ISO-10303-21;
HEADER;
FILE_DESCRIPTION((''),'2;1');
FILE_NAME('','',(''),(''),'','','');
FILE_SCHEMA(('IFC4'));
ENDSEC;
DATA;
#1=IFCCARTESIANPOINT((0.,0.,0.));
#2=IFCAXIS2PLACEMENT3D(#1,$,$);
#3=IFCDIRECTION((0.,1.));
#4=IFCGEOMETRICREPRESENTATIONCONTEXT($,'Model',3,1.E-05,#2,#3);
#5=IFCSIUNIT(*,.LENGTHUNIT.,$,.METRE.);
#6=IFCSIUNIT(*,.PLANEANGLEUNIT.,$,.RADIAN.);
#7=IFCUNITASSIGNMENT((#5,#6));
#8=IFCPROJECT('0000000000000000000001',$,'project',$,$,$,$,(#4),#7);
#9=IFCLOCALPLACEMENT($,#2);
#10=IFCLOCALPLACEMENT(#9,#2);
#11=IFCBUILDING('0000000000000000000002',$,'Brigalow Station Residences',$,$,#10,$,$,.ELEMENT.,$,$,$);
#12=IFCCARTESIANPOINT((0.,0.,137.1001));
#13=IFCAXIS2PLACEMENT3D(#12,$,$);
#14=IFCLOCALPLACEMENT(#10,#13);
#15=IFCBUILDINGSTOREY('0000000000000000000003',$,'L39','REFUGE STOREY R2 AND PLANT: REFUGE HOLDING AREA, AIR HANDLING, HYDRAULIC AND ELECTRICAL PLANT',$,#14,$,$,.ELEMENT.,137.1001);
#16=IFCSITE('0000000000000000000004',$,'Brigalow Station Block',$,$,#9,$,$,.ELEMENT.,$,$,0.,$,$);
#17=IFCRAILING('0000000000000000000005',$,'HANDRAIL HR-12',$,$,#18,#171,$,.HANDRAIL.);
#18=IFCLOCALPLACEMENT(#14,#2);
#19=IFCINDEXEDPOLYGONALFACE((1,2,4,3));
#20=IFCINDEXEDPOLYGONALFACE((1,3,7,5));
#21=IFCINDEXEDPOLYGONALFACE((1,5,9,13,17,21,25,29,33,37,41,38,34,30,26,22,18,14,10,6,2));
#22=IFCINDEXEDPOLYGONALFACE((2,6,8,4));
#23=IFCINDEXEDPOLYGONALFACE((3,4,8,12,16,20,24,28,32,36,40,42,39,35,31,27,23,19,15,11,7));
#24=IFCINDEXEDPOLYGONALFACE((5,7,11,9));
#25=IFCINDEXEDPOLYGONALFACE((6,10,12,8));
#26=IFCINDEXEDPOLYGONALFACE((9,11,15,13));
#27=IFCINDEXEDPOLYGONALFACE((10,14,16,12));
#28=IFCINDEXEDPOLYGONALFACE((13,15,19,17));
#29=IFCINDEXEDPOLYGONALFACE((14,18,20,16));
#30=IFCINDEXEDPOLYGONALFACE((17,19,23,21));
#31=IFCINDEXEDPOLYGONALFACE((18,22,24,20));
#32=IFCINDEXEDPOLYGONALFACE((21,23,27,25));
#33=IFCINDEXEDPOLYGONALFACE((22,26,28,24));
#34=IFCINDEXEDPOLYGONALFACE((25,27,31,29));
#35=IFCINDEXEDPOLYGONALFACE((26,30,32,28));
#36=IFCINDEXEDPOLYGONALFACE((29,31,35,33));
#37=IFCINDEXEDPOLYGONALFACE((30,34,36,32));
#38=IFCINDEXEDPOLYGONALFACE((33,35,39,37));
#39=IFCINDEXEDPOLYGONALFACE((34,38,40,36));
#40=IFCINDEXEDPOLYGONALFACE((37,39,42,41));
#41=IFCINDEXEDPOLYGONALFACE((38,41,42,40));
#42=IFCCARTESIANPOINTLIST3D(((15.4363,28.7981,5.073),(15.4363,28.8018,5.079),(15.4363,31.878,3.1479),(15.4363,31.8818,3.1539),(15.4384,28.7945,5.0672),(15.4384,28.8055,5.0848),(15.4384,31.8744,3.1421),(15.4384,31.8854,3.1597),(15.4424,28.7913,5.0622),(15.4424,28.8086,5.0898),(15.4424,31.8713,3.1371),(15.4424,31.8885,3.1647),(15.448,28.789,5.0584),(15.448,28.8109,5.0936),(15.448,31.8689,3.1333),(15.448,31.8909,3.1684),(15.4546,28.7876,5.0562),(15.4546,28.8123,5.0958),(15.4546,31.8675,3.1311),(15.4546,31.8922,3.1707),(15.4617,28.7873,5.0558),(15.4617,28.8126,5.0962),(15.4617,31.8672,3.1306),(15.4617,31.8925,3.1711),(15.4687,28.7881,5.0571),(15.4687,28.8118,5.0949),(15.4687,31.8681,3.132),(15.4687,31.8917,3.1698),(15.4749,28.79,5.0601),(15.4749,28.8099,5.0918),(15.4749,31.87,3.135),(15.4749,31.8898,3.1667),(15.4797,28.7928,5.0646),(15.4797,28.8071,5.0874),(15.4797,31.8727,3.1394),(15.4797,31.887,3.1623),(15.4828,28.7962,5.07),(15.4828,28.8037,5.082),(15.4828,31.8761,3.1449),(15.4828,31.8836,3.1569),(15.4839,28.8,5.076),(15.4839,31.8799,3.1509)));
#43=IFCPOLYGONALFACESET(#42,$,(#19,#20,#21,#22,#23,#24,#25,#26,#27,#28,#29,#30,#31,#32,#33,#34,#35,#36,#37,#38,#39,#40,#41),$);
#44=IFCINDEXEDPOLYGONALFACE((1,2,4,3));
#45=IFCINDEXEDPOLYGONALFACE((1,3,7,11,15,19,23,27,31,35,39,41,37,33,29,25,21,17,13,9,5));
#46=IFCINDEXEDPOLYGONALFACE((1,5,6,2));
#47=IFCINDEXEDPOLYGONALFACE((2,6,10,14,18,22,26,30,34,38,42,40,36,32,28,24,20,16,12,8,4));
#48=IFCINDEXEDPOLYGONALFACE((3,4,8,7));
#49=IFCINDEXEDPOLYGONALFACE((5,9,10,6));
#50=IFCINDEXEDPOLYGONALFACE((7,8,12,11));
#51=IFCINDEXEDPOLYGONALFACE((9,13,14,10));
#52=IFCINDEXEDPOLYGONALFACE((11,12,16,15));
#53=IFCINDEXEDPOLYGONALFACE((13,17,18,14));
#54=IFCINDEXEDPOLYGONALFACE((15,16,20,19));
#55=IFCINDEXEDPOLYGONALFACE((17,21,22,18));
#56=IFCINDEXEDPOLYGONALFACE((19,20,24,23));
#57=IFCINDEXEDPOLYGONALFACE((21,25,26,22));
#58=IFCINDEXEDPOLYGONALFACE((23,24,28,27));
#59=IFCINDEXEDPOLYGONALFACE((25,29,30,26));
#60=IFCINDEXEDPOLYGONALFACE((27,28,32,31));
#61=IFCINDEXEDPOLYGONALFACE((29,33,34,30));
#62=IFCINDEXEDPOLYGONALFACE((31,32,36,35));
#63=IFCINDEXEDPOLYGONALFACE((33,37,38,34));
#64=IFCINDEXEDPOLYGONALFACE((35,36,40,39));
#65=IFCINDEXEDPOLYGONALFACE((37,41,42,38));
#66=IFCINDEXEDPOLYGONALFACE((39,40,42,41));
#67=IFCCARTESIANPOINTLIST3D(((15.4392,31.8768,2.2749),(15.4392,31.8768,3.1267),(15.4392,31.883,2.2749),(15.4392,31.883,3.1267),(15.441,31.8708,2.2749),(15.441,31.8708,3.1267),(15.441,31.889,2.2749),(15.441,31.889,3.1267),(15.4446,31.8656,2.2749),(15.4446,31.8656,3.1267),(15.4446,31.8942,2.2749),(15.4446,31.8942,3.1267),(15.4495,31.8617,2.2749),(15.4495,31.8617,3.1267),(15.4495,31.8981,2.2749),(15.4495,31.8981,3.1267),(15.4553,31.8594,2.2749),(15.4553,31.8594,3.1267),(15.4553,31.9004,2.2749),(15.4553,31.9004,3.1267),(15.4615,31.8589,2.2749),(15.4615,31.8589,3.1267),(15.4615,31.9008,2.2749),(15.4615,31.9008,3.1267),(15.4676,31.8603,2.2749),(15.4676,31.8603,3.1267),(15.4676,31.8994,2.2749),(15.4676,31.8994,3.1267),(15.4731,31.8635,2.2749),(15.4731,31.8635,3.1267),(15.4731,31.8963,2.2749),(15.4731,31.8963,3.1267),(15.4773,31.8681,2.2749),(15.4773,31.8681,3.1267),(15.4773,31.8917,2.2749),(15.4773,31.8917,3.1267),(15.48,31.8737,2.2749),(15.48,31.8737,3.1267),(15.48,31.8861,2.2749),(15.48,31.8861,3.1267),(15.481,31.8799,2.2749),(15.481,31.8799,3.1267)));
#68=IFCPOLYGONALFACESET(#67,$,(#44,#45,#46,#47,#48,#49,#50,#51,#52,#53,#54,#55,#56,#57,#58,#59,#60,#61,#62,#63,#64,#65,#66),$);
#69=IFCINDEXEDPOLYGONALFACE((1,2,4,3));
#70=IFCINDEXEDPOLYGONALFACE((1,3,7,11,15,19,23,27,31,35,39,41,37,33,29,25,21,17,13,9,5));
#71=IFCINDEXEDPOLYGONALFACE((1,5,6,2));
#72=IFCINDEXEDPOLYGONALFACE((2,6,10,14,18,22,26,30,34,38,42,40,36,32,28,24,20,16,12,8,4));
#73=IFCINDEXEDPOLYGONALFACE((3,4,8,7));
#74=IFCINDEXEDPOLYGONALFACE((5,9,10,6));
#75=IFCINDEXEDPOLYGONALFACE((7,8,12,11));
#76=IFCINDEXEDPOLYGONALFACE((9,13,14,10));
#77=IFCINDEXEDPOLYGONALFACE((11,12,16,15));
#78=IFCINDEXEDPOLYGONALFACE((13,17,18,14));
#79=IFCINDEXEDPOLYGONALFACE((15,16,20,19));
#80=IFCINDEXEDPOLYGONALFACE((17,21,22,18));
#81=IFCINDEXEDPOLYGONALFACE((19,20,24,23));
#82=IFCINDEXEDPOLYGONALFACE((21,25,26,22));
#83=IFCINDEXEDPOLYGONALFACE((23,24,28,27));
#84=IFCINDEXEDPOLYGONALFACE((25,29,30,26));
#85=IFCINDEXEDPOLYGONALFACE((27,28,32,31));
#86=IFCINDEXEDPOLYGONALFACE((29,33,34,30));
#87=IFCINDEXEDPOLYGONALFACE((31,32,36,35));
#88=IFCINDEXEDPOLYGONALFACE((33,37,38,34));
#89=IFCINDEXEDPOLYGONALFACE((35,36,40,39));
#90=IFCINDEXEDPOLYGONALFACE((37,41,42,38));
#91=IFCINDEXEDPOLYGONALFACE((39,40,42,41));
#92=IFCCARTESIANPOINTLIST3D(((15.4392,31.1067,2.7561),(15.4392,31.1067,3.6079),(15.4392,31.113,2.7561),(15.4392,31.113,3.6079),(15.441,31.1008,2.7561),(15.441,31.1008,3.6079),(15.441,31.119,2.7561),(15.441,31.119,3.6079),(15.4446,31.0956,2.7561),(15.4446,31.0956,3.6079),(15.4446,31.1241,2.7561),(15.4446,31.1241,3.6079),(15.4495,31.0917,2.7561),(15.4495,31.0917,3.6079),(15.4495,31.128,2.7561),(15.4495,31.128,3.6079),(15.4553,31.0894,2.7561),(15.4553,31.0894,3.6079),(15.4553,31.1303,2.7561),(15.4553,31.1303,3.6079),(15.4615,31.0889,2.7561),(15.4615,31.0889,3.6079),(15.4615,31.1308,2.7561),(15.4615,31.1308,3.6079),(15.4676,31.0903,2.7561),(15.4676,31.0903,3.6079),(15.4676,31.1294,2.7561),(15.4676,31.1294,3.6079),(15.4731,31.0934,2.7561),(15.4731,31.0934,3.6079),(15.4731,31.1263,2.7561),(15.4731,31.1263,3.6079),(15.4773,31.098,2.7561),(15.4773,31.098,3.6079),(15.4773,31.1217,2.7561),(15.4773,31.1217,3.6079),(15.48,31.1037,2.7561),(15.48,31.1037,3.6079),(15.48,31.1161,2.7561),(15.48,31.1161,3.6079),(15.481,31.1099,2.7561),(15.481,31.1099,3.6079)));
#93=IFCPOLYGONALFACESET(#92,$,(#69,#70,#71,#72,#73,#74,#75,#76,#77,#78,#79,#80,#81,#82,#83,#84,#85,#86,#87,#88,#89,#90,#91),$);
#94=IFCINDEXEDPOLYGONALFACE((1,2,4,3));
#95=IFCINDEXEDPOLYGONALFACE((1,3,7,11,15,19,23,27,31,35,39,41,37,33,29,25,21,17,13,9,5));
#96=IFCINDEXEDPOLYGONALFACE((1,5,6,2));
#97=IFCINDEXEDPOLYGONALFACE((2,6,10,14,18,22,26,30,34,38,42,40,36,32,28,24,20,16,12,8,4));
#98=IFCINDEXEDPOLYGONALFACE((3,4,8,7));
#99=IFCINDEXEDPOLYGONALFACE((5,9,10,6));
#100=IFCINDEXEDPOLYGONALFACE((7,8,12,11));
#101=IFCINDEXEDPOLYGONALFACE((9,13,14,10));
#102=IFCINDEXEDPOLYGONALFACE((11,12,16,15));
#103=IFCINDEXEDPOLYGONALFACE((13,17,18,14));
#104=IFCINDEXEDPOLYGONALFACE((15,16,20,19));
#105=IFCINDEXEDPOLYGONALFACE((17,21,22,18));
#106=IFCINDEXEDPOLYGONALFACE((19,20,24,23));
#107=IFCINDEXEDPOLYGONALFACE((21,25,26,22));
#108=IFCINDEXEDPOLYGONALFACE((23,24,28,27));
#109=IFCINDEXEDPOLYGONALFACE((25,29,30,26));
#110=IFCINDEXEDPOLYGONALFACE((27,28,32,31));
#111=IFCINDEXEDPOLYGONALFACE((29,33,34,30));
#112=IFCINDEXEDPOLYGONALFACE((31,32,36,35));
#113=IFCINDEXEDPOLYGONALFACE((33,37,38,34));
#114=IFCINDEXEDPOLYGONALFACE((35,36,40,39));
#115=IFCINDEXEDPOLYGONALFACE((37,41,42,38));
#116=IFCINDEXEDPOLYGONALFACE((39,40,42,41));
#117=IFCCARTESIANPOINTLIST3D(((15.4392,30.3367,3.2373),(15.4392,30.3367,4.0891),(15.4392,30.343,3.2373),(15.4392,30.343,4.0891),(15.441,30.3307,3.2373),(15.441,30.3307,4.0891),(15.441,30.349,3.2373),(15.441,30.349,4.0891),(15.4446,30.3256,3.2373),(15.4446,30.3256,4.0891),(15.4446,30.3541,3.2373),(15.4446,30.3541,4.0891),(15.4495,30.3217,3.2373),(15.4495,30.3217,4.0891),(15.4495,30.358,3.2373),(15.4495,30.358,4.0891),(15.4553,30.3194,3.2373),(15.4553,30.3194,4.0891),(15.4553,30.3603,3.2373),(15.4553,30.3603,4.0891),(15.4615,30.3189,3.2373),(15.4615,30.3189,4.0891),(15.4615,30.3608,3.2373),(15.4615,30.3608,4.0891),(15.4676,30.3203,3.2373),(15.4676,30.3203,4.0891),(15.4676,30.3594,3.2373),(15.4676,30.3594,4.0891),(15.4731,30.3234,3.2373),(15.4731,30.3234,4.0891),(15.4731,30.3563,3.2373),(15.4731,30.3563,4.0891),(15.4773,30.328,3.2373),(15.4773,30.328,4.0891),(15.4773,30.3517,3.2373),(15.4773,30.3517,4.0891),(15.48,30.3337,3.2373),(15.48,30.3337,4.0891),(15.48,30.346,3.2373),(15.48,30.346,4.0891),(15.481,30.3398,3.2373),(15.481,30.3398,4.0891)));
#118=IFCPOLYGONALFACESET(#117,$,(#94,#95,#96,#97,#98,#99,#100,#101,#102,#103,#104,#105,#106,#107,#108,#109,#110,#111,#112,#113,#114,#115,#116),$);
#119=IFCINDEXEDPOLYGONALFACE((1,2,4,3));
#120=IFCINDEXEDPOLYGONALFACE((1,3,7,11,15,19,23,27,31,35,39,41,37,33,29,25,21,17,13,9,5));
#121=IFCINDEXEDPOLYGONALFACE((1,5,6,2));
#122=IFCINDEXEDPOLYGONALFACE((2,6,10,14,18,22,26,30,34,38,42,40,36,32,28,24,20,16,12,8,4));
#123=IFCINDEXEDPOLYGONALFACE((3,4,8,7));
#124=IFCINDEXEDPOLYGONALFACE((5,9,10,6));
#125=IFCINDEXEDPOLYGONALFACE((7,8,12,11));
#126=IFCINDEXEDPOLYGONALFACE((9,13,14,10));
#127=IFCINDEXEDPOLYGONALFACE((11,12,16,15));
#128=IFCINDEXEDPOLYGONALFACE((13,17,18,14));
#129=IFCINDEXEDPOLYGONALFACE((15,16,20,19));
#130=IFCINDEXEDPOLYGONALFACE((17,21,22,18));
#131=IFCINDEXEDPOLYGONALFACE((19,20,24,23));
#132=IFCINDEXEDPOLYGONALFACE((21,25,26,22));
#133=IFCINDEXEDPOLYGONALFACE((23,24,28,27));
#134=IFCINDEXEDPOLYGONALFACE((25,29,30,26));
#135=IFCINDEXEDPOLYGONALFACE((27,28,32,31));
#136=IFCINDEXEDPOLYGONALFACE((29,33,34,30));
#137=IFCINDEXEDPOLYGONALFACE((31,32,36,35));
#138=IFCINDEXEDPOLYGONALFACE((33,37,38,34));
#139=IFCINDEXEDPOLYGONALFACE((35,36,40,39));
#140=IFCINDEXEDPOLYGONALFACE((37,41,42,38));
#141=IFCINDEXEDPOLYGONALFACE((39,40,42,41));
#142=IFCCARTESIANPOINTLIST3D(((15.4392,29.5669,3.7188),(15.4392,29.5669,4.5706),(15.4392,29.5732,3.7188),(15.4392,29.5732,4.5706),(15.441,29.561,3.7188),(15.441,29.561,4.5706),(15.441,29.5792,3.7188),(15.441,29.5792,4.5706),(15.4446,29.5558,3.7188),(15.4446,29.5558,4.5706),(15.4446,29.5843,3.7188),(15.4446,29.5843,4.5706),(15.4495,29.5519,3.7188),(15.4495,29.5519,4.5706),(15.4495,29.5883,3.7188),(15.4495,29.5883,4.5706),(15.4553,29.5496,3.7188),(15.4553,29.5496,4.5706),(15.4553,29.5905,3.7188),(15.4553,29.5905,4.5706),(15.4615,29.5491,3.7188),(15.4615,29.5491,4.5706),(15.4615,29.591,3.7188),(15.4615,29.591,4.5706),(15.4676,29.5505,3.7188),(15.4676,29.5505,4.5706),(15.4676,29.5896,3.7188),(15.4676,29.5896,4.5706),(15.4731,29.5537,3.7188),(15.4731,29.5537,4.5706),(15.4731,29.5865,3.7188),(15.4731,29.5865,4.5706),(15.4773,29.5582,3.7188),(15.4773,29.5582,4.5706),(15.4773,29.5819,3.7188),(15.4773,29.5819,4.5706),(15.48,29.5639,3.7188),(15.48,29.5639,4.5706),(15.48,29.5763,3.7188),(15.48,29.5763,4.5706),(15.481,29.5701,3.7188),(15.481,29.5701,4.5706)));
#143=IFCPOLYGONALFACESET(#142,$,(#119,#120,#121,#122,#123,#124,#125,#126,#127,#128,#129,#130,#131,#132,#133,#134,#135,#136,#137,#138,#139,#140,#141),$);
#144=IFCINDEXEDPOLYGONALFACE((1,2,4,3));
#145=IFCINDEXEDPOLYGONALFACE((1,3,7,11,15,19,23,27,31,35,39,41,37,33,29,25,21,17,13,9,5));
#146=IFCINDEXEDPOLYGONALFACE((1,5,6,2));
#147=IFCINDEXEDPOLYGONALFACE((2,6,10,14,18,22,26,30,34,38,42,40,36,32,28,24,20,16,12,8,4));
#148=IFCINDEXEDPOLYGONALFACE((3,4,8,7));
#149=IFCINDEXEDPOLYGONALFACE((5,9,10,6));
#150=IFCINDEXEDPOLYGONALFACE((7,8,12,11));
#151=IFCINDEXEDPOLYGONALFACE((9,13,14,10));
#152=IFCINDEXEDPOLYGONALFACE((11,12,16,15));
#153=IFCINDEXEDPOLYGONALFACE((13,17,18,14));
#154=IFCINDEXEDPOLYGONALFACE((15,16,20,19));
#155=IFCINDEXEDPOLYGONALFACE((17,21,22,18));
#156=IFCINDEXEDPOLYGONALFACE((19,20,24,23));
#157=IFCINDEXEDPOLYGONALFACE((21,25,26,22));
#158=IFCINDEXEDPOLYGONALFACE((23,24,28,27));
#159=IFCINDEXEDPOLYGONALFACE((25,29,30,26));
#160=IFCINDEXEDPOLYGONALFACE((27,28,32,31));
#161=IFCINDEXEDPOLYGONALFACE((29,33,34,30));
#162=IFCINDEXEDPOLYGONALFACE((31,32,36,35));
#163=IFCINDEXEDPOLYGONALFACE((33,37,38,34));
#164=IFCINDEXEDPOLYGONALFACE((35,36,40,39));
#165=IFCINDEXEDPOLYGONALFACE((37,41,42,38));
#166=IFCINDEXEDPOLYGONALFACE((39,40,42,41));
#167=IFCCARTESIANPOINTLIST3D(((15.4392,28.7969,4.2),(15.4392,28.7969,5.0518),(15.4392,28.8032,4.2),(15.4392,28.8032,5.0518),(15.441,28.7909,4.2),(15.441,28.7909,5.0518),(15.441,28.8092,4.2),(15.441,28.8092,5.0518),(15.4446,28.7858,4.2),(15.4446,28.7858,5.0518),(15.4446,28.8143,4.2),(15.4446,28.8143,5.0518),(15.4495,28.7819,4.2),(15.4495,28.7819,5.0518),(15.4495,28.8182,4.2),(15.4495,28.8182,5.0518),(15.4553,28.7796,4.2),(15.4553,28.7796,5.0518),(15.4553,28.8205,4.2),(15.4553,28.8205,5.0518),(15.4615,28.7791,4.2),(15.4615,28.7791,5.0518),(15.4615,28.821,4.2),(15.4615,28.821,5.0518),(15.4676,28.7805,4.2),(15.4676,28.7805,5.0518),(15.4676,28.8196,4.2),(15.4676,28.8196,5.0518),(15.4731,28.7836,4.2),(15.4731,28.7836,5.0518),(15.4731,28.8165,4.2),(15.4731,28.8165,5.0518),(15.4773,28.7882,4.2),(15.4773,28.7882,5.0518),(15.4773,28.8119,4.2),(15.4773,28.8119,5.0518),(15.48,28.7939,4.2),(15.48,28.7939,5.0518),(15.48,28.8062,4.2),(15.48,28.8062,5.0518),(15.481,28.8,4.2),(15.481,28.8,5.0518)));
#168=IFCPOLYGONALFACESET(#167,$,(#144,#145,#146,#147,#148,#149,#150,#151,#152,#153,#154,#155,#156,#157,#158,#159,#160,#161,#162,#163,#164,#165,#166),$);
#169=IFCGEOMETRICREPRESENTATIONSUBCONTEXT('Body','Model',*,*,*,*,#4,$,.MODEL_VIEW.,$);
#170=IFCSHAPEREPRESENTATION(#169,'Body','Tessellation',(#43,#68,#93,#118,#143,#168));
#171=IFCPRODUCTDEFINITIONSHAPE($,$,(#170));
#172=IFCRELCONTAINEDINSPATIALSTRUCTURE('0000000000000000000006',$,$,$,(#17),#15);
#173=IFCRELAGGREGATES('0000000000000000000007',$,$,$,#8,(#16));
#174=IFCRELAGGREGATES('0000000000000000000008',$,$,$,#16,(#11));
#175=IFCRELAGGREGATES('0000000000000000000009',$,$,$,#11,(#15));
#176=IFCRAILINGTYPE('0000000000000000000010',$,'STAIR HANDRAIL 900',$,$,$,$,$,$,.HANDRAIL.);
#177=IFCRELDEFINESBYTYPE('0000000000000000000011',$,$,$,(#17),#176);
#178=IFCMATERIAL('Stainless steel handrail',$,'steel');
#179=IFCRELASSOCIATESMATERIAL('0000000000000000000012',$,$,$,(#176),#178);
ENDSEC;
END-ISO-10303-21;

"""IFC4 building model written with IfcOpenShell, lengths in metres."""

from ifc_helpers import new_model, si_unit, direction, frame, origin, origin_2d, place, context, subcontext, project, spatial, circle, extrude, material, type_object, element, save


model = new_model("IFC4")

# Units and contexts
model_context = context("Model", 3, precision=1e-05, world=origin(), true_north=direction((0.0, 1.0)))
body_context = subcontext(model_context, "Body", "Model", "MODEL_VIEW")
ifc_project = project(units=[si_unit("LENGTHUNIT", "METRE"), si_unit("PLANEANGLEUNIT", "RADIAN")], contexts=[model_context])

# Site, building, storey
site_placement = place(None, origin())
site = spatial("IfcSite", under=ifc_project, at=site_placement, Name="Brigalow Station Block", CompositionType="ELEMENT", RefElevation=0.0)
building_placement = place(site_placement, origin())
building = spatial("IfcBuilding", under=site, at=building_placement, Name="Brigalow Station Residences", CompositionType="ELEMENT")
storey_placement = place(building_placement, frame((0.0, 0.0, 137.1001)))
storey = spatial("IfcBuildingStorey", under=building, at=storey_placement, Name="L39", Description="REFUGE STOREY R2 AND PLANT: REFUGE HOLDING AREA, AIR HANDLING, HYDRAULIC AND ELECTRICAL PLANT", CompositionType="ELEMENT", Elevation=137.1001)

# Railing
ifc_material_1 = material(Name="Stainless steel handrail", Category="steel")
railing_type_1 = type_object("IfcRailingType", Name="STAIR HANDRAIL 900", PredefinedType="HANDRAIL", material=ifc_material_1)
railing_1_placement = place(storey_placement, frame((15.46, 31.8799, 2.2749)))
element("IfcRailing", 1, at=railing_1_placement, inside=storey, type_object=railing_type_1, Name="HANDRAIL HR-12", PredefinedType="HANDRAIL", context=body_context, shape_type="SweptSolid", body=[
    extrude(circle(Radius=0.0239, at=origin_2d()), frame((0.0, 0.0, 0.876), z_axis=(0.0, -0.847979, 0.530029), x_axis=(1.0, 0.0, 0.0)), (0.0, 0.0, 1.0), 3.6321),
    extrude(circle(Radius=0.021, at=origin_2d()), origin(), (0.0, 0.0, 1.0), 0.8518),
    extrude(circle(Radius=0.021, at=origin_2d()), frame((0.0, -0.77, 0.4812)), (0.0, 0.0, 1.0), 0.8518),
    extrude(circle(Radius=0.021, at=origin_2d()), frame((0.0, -1.54, 0.9624)), (0.0, 0.0, 1.0), 0.8518),
    extrude(circle(Radius=0.021, at=origin_2d()), frame((0.0, -2.3098, 1.4438)), (0.0, 0.0, 1.0), 0.8518),
    extrude(circle(Radius=0.021, at=origin_2d()), frame((0.0, -3.0798, 1.925)), (0.0, 0.0, 1.0), 0.8518),
])

save(model, "model.ifc")
